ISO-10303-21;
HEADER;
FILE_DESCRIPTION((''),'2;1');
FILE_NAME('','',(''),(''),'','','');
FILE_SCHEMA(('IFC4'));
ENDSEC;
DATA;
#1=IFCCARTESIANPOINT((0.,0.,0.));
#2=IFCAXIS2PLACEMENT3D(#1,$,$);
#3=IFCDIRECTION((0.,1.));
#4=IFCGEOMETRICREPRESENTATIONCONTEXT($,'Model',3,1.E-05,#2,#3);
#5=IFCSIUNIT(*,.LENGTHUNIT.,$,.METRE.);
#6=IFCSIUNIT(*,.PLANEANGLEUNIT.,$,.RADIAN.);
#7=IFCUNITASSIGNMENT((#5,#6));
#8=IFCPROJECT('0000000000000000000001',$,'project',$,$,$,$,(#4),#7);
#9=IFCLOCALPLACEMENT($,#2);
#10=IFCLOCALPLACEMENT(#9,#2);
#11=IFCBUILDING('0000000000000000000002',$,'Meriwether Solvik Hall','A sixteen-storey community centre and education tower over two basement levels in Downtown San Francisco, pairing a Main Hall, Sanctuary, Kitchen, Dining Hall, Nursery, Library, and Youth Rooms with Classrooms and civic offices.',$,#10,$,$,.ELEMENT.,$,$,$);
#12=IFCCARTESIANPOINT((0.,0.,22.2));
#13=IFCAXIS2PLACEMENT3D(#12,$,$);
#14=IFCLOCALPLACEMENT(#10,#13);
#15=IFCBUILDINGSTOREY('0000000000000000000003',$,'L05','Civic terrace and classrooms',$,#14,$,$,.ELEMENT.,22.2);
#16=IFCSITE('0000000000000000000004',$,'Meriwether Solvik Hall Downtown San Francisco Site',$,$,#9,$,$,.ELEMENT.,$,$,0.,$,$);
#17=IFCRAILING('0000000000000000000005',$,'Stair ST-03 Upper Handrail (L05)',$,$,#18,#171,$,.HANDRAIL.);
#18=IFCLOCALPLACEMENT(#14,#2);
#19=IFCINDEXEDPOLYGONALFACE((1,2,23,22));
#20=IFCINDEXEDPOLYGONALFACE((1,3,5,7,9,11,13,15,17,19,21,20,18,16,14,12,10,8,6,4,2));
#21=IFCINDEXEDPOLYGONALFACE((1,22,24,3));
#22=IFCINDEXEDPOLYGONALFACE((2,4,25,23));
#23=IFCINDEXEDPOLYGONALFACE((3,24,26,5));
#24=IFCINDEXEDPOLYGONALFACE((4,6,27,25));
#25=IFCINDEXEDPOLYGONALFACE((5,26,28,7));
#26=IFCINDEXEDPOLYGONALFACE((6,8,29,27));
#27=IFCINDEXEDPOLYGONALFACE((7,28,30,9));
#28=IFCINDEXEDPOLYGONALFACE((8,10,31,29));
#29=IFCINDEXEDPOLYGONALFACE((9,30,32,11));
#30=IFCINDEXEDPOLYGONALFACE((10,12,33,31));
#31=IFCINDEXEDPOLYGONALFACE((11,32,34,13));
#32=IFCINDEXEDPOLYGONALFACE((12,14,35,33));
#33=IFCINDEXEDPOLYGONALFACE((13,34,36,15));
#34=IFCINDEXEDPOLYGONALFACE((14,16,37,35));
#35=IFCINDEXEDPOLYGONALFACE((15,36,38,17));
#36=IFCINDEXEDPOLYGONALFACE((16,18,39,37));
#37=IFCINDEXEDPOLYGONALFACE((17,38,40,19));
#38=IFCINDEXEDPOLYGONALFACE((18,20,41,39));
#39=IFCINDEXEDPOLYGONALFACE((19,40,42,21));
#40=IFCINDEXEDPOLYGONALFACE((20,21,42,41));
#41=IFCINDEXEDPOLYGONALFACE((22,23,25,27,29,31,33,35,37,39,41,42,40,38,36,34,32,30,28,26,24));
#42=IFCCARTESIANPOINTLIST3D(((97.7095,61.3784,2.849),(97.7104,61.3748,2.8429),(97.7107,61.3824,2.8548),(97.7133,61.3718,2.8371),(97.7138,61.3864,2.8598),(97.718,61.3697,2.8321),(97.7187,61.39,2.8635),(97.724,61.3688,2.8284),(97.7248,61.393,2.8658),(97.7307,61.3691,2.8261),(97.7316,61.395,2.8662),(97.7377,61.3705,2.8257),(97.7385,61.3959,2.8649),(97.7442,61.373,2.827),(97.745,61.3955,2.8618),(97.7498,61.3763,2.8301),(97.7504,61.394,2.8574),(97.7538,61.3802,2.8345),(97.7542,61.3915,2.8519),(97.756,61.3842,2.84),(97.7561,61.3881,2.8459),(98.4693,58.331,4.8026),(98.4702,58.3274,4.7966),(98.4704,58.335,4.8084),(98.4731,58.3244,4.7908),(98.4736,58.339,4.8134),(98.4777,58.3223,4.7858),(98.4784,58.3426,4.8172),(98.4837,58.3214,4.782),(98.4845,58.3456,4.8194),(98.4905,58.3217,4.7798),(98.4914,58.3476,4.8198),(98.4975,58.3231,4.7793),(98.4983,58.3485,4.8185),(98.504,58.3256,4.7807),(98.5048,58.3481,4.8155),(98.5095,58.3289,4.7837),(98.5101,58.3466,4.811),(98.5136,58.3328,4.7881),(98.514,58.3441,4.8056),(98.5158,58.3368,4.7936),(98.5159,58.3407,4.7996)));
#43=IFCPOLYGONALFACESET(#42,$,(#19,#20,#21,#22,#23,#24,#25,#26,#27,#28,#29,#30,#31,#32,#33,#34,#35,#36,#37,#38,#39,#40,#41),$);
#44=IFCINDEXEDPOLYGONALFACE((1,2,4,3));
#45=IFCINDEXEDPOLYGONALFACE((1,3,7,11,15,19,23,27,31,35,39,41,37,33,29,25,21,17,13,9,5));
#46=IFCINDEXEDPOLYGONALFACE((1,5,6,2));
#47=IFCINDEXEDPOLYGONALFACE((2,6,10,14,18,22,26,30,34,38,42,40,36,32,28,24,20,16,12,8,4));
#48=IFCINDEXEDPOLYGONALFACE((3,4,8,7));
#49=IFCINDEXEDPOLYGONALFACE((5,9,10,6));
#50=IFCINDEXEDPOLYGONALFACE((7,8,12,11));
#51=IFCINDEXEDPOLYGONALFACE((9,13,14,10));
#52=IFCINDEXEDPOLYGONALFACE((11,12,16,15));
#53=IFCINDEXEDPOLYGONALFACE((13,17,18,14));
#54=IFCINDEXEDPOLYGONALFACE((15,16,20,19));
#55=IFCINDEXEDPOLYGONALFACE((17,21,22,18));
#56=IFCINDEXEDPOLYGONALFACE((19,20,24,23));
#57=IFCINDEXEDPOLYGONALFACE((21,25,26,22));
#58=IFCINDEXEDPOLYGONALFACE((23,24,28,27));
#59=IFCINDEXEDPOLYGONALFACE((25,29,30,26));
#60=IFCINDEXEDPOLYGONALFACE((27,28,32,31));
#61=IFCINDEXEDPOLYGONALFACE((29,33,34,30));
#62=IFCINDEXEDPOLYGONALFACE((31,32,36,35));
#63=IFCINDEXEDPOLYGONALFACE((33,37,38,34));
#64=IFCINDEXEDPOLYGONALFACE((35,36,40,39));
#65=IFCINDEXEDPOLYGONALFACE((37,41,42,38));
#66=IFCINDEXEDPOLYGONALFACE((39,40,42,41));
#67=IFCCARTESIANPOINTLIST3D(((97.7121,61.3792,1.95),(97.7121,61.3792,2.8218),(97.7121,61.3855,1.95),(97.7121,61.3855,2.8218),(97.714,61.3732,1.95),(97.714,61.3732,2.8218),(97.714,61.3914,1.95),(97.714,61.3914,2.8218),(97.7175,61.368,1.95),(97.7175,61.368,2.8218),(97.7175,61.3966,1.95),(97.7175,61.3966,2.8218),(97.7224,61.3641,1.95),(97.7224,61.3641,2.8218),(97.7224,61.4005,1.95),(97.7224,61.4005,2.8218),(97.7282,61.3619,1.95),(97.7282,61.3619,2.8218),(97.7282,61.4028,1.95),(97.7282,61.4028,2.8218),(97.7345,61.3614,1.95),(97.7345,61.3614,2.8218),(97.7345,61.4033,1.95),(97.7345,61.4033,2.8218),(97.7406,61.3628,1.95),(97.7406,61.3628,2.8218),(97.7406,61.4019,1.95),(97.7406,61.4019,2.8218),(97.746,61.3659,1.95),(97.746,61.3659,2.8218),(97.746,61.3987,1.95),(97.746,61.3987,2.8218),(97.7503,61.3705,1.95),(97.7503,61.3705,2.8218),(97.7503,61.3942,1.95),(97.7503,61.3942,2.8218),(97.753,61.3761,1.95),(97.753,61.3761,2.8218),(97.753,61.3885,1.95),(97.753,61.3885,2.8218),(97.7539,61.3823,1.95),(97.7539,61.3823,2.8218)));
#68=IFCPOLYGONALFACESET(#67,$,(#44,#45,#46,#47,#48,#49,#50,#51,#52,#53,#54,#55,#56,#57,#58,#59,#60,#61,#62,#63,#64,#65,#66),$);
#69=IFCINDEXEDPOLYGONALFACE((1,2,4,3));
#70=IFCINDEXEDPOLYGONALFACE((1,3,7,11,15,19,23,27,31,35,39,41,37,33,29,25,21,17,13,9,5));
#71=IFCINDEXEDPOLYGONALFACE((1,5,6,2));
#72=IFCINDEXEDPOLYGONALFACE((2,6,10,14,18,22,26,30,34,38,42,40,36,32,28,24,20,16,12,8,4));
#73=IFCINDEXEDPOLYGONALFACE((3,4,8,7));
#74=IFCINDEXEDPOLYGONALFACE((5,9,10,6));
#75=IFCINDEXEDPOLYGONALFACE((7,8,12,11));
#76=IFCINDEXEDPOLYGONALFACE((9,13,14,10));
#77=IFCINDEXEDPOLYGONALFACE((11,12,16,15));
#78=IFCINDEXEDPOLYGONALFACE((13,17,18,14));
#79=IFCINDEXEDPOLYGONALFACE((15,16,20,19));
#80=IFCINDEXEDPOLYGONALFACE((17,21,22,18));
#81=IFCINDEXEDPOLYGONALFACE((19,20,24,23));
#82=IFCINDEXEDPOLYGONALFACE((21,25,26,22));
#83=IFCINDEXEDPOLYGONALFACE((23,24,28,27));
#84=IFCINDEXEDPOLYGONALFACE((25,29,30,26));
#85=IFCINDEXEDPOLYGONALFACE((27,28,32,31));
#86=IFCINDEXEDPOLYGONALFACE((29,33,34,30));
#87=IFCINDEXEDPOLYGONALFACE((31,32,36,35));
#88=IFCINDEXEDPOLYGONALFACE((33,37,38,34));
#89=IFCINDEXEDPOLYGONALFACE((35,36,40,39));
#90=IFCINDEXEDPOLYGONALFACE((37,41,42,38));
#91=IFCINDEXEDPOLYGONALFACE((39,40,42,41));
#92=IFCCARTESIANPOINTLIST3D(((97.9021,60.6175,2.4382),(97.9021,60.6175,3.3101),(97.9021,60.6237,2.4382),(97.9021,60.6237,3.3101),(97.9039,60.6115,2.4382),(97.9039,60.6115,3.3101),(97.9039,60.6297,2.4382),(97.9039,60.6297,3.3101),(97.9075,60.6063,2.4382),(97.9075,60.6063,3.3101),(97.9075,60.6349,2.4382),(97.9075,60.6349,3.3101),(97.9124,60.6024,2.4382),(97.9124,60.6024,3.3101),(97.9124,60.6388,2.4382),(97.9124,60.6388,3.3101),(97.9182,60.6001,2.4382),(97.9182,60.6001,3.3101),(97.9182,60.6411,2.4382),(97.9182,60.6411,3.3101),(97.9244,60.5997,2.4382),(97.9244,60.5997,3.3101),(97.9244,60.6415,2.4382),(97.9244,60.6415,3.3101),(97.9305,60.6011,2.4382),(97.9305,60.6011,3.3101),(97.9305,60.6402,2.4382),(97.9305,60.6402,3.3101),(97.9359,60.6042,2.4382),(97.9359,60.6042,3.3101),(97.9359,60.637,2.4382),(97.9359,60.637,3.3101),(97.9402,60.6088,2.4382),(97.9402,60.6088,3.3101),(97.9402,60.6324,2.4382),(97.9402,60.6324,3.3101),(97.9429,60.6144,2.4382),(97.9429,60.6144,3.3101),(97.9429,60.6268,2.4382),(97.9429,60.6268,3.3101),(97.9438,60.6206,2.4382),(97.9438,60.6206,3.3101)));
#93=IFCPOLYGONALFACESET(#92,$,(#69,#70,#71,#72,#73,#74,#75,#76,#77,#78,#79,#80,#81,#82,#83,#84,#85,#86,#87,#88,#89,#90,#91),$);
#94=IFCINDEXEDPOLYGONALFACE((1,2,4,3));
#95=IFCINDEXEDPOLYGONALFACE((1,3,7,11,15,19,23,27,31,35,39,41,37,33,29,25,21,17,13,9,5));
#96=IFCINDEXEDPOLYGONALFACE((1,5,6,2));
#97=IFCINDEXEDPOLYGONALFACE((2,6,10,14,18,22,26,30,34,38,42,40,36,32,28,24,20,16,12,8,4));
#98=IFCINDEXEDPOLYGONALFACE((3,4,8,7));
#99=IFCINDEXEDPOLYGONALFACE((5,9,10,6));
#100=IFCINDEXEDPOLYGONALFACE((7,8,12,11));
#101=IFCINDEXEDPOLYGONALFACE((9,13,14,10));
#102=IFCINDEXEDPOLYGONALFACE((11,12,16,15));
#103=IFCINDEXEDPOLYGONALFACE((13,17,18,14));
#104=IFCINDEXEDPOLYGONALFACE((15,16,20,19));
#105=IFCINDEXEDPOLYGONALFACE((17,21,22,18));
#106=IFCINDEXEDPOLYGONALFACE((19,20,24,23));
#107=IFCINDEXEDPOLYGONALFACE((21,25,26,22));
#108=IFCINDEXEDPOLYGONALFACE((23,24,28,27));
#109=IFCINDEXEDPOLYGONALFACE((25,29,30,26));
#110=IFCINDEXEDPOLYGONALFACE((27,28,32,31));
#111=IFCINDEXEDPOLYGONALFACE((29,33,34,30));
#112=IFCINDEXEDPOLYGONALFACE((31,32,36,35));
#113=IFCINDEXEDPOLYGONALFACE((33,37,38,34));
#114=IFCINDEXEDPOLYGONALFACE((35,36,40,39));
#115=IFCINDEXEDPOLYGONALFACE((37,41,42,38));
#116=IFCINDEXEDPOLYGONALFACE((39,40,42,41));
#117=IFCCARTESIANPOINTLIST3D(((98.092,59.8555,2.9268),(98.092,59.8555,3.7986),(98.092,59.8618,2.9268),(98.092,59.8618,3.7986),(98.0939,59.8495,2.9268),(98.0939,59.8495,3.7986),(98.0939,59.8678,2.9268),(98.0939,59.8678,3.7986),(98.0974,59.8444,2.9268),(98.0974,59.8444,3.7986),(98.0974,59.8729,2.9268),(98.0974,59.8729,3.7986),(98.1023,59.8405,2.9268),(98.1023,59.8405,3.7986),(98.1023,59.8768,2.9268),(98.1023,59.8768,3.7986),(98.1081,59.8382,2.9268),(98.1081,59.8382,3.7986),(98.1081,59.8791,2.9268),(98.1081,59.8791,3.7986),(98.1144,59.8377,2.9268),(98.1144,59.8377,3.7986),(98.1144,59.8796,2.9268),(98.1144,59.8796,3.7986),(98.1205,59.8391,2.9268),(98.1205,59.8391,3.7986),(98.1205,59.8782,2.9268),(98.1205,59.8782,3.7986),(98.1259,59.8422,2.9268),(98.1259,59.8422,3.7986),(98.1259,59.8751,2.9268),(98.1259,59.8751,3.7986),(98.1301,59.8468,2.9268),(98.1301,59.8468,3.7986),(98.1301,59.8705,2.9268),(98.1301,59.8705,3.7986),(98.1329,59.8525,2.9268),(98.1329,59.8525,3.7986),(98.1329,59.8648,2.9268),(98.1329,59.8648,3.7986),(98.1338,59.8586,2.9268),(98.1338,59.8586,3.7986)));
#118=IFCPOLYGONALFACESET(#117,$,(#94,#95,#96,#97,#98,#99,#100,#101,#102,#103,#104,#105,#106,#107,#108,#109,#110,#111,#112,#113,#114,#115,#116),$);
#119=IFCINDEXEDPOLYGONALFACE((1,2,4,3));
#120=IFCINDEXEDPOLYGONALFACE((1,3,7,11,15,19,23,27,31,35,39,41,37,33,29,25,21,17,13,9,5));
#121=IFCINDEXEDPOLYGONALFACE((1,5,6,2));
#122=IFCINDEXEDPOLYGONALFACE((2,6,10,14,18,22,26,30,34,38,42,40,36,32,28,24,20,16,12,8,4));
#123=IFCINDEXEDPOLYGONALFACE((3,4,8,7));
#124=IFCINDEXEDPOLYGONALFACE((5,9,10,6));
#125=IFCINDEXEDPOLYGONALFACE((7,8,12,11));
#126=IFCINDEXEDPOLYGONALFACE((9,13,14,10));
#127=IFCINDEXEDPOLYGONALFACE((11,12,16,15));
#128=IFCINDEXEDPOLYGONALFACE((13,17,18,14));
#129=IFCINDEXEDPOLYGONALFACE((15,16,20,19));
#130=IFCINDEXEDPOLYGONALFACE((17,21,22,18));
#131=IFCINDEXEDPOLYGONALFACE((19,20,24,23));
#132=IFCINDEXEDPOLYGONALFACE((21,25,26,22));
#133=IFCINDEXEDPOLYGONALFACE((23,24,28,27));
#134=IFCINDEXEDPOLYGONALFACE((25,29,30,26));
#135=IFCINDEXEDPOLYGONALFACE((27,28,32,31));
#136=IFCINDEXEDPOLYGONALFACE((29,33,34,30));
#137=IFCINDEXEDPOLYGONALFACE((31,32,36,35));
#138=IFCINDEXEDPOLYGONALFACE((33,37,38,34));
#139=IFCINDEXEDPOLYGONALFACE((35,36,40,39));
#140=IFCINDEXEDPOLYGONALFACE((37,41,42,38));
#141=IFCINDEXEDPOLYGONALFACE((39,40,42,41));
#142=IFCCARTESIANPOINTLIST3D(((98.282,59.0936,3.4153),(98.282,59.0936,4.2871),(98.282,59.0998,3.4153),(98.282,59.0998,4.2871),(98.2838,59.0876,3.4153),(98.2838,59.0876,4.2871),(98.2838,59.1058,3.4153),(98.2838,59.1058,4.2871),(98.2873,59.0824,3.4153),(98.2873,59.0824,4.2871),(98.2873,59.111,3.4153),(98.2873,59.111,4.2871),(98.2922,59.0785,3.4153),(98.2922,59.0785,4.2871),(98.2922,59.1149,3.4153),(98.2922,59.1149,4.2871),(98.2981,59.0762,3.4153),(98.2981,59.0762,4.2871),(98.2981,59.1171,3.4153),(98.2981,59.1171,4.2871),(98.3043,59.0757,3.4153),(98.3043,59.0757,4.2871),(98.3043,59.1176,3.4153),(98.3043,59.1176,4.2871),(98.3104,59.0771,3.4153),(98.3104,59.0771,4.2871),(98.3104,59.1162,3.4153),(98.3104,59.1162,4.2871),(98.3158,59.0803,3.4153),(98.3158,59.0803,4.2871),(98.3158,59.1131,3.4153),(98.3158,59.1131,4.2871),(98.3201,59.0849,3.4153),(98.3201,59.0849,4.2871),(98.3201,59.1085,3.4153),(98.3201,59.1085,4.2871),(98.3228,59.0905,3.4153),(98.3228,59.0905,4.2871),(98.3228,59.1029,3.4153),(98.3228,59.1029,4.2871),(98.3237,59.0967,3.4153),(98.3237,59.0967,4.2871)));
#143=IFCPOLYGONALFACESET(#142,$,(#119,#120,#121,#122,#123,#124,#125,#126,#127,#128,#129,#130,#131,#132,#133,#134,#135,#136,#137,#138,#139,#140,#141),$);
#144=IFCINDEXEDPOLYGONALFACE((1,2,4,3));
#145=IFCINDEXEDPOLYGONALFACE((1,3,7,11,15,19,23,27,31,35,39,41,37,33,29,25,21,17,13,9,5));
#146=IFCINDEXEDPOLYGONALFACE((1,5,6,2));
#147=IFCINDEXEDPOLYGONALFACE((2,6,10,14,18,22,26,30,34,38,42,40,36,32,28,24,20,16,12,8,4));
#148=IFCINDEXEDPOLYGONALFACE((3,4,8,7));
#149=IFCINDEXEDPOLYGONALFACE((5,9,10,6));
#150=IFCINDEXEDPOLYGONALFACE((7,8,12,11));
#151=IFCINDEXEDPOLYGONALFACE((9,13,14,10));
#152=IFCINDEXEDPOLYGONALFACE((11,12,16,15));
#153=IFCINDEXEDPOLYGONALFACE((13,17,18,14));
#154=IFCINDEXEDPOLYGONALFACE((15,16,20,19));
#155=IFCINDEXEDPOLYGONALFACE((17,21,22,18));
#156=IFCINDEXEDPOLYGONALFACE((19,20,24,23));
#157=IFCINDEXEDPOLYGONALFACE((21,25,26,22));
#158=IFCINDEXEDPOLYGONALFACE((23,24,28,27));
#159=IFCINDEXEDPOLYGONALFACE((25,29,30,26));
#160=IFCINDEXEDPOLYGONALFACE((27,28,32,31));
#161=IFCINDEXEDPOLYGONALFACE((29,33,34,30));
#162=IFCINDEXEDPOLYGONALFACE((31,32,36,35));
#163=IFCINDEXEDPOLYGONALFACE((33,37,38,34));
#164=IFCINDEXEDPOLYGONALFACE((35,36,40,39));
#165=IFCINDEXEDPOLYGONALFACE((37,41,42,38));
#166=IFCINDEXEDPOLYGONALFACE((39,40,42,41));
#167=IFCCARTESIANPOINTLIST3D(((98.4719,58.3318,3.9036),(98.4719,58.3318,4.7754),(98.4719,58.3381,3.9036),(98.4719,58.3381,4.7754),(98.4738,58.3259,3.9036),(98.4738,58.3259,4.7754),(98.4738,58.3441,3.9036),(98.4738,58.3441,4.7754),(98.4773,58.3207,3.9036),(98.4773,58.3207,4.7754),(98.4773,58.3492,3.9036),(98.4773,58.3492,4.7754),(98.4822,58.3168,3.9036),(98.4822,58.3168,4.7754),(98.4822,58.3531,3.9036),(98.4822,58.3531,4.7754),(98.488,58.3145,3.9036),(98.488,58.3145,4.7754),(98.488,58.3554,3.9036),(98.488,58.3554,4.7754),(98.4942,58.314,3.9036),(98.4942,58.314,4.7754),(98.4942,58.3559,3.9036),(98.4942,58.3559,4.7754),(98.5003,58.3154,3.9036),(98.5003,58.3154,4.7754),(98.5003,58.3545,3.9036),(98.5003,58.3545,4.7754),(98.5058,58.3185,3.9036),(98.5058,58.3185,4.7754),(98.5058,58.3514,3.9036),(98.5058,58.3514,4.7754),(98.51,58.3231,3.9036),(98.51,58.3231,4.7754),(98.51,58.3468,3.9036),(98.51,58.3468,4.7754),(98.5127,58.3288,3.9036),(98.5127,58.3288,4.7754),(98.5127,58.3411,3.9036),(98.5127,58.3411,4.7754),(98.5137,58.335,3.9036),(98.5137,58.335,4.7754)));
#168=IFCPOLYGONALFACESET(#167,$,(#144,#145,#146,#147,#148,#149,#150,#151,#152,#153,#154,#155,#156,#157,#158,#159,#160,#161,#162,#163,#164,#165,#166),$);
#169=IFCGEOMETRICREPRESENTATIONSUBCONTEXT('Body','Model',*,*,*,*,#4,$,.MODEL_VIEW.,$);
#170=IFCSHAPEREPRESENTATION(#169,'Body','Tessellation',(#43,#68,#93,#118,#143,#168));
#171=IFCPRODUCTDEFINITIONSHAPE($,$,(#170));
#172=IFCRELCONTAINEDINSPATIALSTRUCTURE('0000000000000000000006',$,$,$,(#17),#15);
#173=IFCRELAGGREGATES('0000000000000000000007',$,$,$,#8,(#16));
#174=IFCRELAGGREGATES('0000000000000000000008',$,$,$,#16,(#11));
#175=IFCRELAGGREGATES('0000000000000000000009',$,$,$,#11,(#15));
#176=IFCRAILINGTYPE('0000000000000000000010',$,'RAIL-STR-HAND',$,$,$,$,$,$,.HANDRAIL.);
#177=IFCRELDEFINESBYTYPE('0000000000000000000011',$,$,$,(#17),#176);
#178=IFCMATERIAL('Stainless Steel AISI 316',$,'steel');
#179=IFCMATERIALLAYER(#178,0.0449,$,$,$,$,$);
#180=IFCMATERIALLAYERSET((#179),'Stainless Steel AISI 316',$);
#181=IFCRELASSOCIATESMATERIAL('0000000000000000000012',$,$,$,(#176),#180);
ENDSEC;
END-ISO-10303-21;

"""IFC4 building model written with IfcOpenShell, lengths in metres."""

from ifc_helpers import new_model, si_unit, direction, frame, origin, origin_2d, place, context, subcontext, project, spatial, circle, extrude, material, layer, layer_set, type_object, element, save


model = new_model("IFC4")

# Units and contexts
model_context = context("Model", 3, precision=1e-05, world=origin(), true_north=direction((0.0, 1.0)))
body_context = subcontext(model_context, "Body", "Model", "MODEL_VIEW")
ifc_project = project(units=[si_unit("LENGTHUNIT", "METRE"), si_unit("PLANEANGLEUNIT", "RADIAN")], contexts=[model_context])

# Site, building, storey
site_placement = place(None, origin())
site = spatial("IfcSite", under=ifc_project, at=site_placement, Name="Meriwether Solvik Hall Downtown San Francisco Site", CompositionType="ELEMENT", RefElevation=0.0)
building_placement = place(site_placement, origin())
building = spatial("IfcBuilding", under=site, at=building_placement, Name="Meriwether Solvik Hall", Description="A sixteen-storey community centre and education tower over two basement levels in Downtown San Francisco, pairing a Main Hall, Sanctuary, Kitchen, Dining Hall, Nursery, Library, and Youth Rooms with Classrooms and civic offices.", CompositionType="ELEMENT")
storey_placement = place(building_placement, frame((0.0, 0.0, 22.2)))
storey = spatial("IfcBuildingStorey", under=building, at=storey_placement, Name="L05", Description="Civic terrace and classrooms", CompositionType="ELEMENT", Elevation=22.2)

# Railing
ifc_material_1 = material(Name="Stainless Steel AISI 316", Category="steel")
ifc_layer_1 = layer(ifc_material_1, 0.0449)
ifc_layer_set_1 = layer_set([ifc_layer_1], Name="Stainless Steel AISI 316")
railing_type = type_object("IfcRailingType", Name="RAIL-STR-HAND", PredefinedType="HANDRAIL", material=ifc_layer_set_1)
railing_placement = place(storey_placement, frame((97.7329, 61.3823, 1.95)))
element("IfcRailing", 1, at=railing_placement, inside=storey, type_object=railing_type, Name="Stair ST-03 Upper Handrail (L05)", PredefinedType="HANDRAIL", context=body_context, shape_type="SweptSolid", body=[
    extrude(circle(Radius=0.0239, at=origin_2d()), frame((0.0, 0.0, 0.896), z_axis=(0.205415, -0.823904, 0.528191), x_axis=(0.970298, 0.241914, 0.0)), (0.0, 0.0, 1.0), 3.6987),
    extrude(circle(Radius=0.021, at=origin_2d()), origin(), (0.0, 0.0, 1.0), 0.8718),
    extrude(circle(Radius=0.021, at=origin_2d()), frame((0.1899, -0.7617, 0.4883)), (0.0, 0.0, 1.0), 0.8718),
    extrude(circle(Radius=0.021, at=origin_2d()), frame((0.3799, -1.5237, 0.9768)), (0.0, 0.0, 1.0), 0.8718),
    extrude(circle(Radius=0.021, at=origin_2d()), frame((0.5698, -2.2856, 1.4653)), (0.0, 0.0, 1.0), 0.8718),
    extrude(circle(Radius=0.021, at=origin_2d()), frame((0.7598, -3.0474, 1.9536)), (0.0, 0.0, 1.0), 0.8718),
])

save(model, "model.ifc")
